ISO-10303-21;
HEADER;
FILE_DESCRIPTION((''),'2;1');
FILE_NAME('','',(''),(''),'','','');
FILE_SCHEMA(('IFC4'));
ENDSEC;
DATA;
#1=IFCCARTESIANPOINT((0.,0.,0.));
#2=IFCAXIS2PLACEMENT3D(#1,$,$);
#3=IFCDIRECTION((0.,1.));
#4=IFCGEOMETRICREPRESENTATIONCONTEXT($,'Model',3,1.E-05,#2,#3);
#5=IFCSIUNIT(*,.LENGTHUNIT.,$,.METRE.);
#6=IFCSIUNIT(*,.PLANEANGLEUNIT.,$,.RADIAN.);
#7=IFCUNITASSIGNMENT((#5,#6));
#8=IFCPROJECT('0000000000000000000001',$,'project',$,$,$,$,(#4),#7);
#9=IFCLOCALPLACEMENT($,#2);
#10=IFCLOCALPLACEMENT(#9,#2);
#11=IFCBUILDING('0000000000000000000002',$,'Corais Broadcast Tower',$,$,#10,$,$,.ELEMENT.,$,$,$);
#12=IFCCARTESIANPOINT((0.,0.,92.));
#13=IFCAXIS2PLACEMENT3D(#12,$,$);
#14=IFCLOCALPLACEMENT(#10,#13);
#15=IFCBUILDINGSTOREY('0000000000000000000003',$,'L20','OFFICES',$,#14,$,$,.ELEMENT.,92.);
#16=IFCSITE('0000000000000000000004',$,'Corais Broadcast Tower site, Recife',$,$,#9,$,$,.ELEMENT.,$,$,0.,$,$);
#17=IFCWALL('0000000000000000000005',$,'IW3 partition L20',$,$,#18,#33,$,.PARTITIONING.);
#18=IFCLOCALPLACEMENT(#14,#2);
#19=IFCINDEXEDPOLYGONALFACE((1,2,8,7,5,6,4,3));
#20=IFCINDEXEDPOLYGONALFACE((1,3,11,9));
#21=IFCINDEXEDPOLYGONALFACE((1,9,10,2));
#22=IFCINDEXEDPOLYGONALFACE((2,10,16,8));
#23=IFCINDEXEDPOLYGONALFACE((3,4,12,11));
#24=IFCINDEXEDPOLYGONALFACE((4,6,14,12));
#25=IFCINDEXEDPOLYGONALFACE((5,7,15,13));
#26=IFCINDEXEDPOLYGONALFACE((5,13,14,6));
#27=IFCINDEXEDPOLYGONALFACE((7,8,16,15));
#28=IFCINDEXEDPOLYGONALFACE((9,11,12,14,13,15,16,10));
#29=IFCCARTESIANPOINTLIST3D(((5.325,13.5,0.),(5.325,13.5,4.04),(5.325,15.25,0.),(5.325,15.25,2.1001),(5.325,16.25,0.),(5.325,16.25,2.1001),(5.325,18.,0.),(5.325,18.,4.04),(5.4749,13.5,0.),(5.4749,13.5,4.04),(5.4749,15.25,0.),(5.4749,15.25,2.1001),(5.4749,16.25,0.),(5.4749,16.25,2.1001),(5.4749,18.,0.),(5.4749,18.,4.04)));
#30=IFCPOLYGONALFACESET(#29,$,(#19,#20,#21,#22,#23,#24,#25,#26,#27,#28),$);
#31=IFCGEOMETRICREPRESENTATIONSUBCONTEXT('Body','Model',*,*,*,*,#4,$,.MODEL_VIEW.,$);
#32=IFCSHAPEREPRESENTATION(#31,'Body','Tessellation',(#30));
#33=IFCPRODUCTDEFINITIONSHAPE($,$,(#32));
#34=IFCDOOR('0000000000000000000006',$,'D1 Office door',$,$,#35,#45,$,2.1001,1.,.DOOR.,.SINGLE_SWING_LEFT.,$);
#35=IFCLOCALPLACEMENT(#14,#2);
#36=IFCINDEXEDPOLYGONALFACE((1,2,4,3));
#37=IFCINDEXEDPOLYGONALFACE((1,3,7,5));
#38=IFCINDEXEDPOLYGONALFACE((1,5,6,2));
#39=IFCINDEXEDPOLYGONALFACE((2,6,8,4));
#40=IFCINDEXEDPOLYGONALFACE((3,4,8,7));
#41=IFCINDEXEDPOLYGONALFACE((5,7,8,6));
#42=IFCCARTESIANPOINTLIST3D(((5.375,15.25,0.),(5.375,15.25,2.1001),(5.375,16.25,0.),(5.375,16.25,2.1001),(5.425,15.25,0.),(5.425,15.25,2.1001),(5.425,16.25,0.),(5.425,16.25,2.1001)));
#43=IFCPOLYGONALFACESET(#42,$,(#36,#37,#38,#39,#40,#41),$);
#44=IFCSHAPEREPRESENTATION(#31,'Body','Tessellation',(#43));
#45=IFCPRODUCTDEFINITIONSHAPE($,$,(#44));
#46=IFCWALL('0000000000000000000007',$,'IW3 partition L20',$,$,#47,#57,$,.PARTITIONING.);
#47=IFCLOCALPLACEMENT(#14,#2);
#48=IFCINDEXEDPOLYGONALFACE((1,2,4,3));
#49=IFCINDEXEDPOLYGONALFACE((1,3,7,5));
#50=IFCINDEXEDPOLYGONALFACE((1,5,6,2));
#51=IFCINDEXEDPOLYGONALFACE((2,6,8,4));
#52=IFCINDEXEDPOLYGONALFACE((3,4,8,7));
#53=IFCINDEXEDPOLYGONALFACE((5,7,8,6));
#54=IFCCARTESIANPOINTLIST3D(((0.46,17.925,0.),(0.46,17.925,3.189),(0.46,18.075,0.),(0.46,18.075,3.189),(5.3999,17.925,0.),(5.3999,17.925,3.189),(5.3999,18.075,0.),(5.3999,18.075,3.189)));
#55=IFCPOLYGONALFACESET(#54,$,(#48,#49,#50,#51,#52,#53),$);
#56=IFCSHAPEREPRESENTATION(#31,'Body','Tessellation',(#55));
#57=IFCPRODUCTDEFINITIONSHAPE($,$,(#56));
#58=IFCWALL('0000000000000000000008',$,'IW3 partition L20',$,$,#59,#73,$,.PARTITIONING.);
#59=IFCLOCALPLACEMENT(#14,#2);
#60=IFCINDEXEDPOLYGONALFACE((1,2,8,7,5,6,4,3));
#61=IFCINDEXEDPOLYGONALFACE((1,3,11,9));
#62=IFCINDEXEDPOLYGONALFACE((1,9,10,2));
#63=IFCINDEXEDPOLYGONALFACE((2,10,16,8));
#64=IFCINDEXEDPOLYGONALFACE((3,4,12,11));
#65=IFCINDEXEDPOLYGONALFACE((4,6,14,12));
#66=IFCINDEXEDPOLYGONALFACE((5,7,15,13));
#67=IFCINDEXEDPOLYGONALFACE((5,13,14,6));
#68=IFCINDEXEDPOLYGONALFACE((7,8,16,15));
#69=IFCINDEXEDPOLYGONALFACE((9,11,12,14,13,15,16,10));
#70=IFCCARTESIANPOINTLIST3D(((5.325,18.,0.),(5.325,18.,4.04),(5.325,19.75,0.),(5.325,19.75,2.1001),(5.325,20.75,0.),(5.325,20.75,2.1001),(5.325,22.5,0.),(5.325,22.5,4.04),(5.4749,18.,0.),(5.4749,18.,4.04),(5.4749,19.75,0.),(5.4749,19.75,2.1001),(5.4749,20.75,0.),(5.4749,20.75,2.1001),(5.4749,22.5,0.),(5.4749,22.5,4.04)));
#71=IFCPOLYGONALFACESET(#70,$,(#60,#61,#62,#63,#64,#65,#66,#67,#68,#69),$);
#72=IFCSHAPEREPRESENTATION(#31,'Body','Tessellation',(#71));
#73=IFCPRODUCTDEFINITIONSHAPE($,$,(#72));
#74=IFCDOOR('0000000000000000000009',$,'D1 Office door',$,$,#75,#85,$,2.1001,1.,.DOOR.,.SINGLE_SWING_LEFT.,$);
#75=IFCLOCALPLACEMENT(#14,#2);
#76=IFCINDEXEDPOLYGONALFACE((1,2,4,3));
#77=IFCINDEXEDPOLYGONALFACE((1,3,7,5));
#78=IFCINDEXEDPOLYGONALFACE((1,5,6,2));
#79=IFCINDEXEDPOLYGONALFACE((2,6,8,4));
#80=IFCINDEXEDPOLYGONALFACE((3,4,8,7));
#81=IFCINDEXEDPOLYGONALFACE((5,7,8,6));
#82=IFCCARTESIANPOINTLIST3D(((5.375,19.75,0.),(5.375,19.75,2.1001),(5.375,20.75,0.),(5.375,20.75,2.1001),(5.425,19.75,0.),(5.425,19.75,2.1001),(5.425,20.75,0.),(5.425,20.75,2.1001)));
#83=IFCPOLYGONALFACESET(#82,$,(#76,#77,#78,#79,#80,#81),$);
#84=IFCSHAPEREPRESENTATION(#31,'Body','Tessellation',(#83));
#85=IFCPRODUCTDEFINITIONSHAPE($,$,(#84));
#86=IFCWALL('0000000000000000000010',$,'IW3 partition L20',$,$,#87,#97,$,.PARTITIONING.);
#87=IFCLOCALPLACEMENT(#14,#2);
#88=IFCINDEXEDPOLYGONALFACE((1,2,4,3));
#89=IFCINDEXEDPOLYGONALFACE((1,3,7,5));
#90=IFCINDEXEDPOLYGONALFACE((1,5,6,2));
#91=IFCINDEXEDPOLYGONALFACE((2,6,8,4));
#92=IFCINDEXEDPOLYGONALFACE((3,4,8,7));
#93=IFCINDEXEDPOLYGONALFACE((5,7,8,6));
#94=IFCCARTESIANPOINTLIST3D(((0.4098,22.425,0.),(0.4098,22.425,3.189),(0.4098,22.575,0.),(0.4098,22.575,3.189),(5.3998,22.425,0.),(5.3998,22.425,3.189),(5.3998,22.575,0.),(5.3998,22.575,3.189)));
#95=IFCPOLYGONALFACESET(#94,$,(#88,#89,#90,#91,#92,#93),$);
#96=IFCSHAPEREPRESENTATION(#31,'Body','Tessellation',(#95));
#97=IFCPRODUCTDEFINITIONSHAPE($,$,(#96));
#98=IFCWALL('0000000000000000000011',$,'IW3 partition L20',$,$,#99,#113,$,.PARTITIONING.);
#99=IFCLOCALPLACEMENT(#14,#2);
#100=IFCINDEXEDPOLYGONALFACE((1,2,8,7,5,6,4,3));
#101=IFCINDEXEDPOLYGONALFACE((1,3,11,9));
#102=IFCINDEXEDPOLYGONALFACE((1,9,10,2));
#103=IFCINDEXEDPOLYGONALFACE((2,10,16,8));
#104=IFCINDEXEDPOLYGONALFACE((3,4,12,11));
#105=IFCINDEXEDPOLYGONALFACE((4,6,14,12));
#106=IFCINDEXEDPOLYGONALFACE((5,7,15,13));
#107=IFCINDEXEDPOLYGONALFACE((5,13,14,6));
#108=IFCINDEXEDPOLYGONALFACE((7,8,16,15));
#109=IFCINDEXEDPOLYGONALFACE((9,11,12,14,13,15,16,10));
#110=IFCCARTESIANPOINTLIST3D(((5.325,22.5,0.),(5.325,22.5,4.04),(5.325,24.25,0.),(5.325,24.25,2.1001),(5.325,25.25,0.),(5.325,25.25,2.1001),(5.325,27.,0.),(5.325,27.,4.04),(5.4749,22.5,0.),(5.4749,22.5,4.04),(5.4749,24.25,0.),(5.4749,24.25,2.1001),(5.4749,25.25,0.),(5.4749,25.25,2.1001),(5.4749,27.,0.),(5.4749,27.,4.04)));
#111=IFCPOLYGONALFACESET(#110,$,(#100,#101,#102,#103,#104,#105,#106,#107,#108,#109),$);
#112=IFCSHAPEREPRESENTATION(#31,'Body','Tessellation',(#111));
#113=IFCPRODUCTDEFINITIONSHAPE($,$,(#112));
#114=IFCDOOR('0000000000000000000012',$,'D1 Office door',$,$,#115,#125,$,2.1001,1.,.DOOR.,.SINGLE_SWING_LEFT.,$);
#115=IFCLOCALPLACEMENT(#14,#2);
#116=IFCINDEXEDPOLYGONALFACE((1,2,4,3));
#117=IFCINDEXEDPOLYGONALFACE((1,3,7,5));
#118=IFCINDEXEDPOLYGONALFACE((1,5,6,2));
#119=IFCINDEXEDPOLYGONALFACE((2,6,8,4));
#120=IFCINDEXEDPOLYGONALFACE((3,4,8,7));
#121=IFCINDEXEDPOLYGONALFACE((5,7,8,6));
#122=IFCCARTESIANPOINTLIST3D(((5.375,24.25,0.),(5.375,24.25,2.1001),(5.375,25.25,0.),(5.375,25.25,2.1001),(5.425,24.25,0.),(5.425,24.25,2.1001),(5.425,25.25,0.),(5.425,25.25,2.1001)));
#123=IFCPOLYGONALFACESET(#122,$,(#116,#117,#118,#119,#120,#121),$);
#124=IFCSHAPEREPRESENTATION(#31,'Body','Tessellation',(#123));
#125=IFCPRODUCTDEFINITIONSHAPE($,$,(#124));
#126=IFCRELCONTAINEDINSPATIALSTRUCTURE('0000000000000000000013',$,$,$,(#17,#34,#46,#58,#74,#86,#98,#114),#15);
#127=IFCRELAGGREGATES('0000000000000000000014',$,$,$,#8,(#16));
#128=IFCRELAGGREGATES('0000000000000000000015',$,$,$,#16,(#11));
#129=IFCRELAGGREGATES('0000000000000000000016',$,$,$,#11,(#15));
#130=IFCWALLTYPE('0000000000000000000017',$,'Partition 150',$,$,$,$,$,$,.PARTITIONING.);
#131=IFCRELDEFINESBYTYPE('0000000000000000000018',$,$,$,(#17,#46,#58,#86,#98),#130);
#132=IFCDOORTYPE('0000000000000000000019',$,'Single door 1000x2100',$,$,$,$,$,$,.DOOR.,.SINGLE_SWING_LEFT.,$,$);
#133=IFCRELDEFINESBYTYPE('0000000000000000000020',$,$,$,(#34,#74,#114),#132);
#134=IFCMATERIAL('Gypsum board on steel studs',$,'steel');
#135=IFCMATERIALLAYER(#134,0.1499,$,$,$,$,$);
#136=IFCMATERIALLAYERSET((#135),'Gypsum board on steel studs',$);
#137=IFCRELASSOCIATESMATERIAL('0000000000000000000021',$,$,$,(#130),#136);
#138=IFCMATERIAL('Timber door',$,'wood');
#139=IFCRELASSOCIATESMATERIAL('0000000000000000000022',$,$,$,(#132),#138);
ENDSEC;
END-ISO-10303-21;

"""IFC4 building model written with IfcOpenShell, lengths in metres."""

from ifc_helpers import new_model, si_unit, direction, frame, frame_2d, origin, place, context, subcontext, project, spatial, rectangle, extrude, material, layer, layer_set, type_object, element, fill, save


model = new_model("IFC4")

# Units and contexts
model_context = context("Model", 3, precision=1e-05, world=origin(), true_north=direction((0.0, 1.0)))
body_context = subcontext(model_context, "Body", "Model", "MODEL_VIEW")
ifc_project = project(units=[si_unit("LENGTHUNIT", "METRE"), si_unit("PLANEANGLEUNIT", "RADIAN")], contexts=[model_context])

# Site, building, storey
site_placement = place(None, origin())
site = spatial("IfcSite", under=ifc_project, at=site_placement, Name="Corais Broadcast Tower site, Recife", CompositionType="ELEMENT", RefElevation=0.0)
building_placement = place(site_placement, origin())
building = spatial("IfcBuilding", under=site, at=building_placement, Name="Corais Broadcast Tower", CompositionType="ELEMENT")
storey_placement = place(building_placement, frame((0.0, 0.0, 92.0)))
storey = spatial("IfcBuildingStorey", under=building, at=storey_placement, Name="L20", Description="OFFICES", CompositionType="ELEMENT", Elevation=92.0)

# Shared definitions
ifc_material_1 = material(Name="Gypsum board on steel studs", Category="steel")
ifc_layer_1 = layer(ifc_material_1, 0.1499)
ifc_layer_set_1 = layer_set([ifc_layer_1], Name="Gypsum board on steel studs")
wall_type = type_object("IfcWallType", Name="Partition 150", PredefinedType="PARTITIONING", material=ifc_layer_set_1)

# Shared definitions
ifc_material_2 = material(Name="Timber door", Category="wood")
door_type = type_object("IfcDoorType", Name="Single door 1000x2100", OperationType="SINGLE_SWING_LEFT", PredefinedType="DOOR", material=ifc_material_2)

# Wall, opening, door
wall_1_placement = place(storey_placement, frame((5.3999, 13.5, 0.0), z_axis=(0.0, 0.0, 1.0), x_axis=(0.0, 1.0, 0.0)))
wall_1 = element("IfcWall", 1, at=wall_1_placement, inside=storey, type_object=wall_type, Name="IW3 partition L20", PredefinedType="PARTITIONING", context=body_context, shape_type="SweptSolid", body=[
    extrude(rectangle(XDim=4.5, YDim=0.1499, at=frame_2d((2.25, 0.0))), origin(), (0.0, 0.0, 1.0), 4.04),
])
opening_1_placement = place(wall_1_placement, frame((1.75, 0.0, 0.0)))
opening_1 = element("IfcOpeningElement", 2, at=opening_1_placement, cuts=wall_1, PredefinedType="OPENING", context=body_context, shape_type="SweptSolid", body=[
    extrude(rectangle(XDim=1.0, YDim=2.1001, at=frame_2d((0.5, 1.05))), frame((0.0, 0.085, 0.0), z_axis=(0.0, -1.0, 0.0), x_axis=(1.0, 0.0, 0.0)), (0.0, 0.0, 1.0), 0.1699),
])
door_1_placement = place(opening_1_placement, origin())
door_1 = element("IfcDoor", 3, at=door_1_placement, inside=storey, type_object=door_type, Name="D1 Office door", OperationType="SINGLE_SWING_LEFT", OverallHeight=2.1001, OverallWidth=1.0, PredefinedType="DOOR", context=body_context, shape_type="SweptSolid", body=[
    extrude(rectangle(XDim=1.0, YDim=2.1001, at=frame_2d((0.5, 1.05))), frame((0.0, 0.0249, 0.0), z_axis=(0.0, -1.0, 0.0), x_axis=(1.0, 0.0, 0.0)), (0.0, 0.0, 1.0), 0.05),
])
fill(opening_1, door_1)

# Wall
wall_2_placement = place(storey_placement, frame((5.3999, 18.0, 0.0), z_axis=(0.0, 0.0, 1.0), x_axis=(-1.0, 0.0, 0.0)))
element("IfcWall", 4, at=wall_2_placement, inside=storey, type_object=wall_type, Name="IW3 partition L20", PredefinedType="PARTITIONING", context=body_context, shape_type="SweptSolid", body=[
    extrude(rectangle(XDim=4.9399, YDim=0.1499, at=frame_2d((2.47, 0.0))), origin(), (0.0, 0.0, 1.0), 3.189),
])

# Wall, opening, door
wall_3_placement = place(storey_placement, frame((5.3999, 18.0, 0.0), z_axis=(0.0, 0.0, 1.0), x_axis=(0.0, 1.0, 0.0)))
wall_3 = element("IfcWall", 5, at=wall_3_placement, inside=storey, type_object=wall_type, Name="IW3 partition L20", PredefinedType="PARTITIONING", context=body_context, shape_type="SweptSolid", body=[
    extrude(rectangle(XDim=4.5, YDim=0.1499, at=frame_2d((2.25, 0.0))), origin(), (0.0, 0.0, 1.0), 4.04),
])
opening_2_placement = place(wall_3_placement, frame((1.75, 0.0, 0.0)))
opening_2 = element("IfcOpeningElement", 6, at=opening_2_placement, cuts=wall_3, PredefinedType="OPENING", context=body_context, shape_type="SweptSolid", body=[
    extrude(rectangle(XDim=1.0, YDim=2.1001, at=frame_2d((0.5, 1.05))), frame((0.0, 0.085, 0.0), z_axis=(0.0, -1.0, 0.0), x_axis=(1.0, 0.0, 0.0)), (0.0, 0.0, 1.0), 0.1699),
])
door_2_placement = place(opening_2_placement, origin())
door_2 = element("IfcDoor", 7, at=door_2_placement, inside=storey, type_object=door_type, Name="D1 Office door", OperationType="SINGLE_SWING_LEFT", OverallHeight=2.1001, OverallWidth=1.0, PredefinedType="DOOR", context=body_context, shape_type="SweptSolid", body=[
    extrude(rectangle(XDim=1.0, YDim=2.1001, at=frame_2d((0.5, 1.05))), frame((0.0, 0.0249, 0.0), z_axis=(0.0, -1.0, 0.0), x_axis=(1.0, 0.0, 0.0)), (0.0, 0.0, 1.0), 0.05),
])
fill(opening_2, door_2)

# Wall
wall_4_placement = place(storey_placement, frame((5.3999, 22.5, 0.0), z_axis=(0.0, 0.0, 1.0), x_axis=(-1.0, 0.0, 0.0)))
element("IfcWall", 8, at=wall_4_placement, inside=storey, type_object=wall_type, Name="IW3 partition L20", PredefinedType="PARTITIONING", context=body_context, shape_type="SweptSolid", body=[
    extrude(rectangle(XDim=4.99, YDim=0.1499, at=frame_2d((2.4951, 0.0))), origin(), (0.0, 0.0, 1.0), 3.189),
])

# Wall, opening, door
wall_5_placement = place(storey_placement, frame((5.3999, 22.5, 0.0), z_axis=(0.0, 0.0, 1.0), x_axis=(0.0, 1.0, 0.0)))
wall_5 = element("IfcWall", 9, at=wall_5_placement, inside=storey, type_object=wall_type, Name="IW3 partition L20", PredefinedType="PARTITIONING", context=body_context, shape_type="SweptSolid", body=[
    extrude(rectangle(XDim=4.5, YDim=0.1499, at=frame_2d((2.25, 0.0))), origin(), (0.0, 0.0, 1.0), 4.04),
])
opening_3_placement = place(wall_5_placement, frame((1.75, 0.0, 0.0)))
opening_3 = element("IfcOpeningElement", 10, at=opening_3_placement, cuts=wall_5, PredefinedType="OPENING", context=body_context, shape_type="SweptSolid", body=[
    extrude(rectangle(XDim=1.0, YDim=2.1001, at=frame_2d((0.5, 1.05))), frame((0.0, 0.085, 0.0), z_axis=(0.0, -1.0, 0.0), x_axis=(1.0, 0.0, 0.0)), (0.0, 0.0, 1.0), 0.1699),
])
door_3_placement = place(opening_3_placement, origin())
door_3 = element("IfcDoor", 11, at=door_3_placement, inside=storey, type_object=door_type, Name="D1 Office door", OperationType="SINGLE_SWING_LEFT", OverallHeight=2.1001, OverallWidth=1.0, PredefinedType="DOOR", context=body_context, shape_type="SweptSolid", body=[
    extrude(rectangle(XDim=1.0, YDim=2.1001, at=frame_2d((0.5, 1.05))), frame((0.0, 0.0249, 0.0), z_axis=(0.0, -1.0, 0.0), x_axis=(1.0, 0.0, 0.0)), (0.0, 0.0, 1.0), 0.05),
])
fill(opening_3, door_3)

save(model, "model.ifc")
